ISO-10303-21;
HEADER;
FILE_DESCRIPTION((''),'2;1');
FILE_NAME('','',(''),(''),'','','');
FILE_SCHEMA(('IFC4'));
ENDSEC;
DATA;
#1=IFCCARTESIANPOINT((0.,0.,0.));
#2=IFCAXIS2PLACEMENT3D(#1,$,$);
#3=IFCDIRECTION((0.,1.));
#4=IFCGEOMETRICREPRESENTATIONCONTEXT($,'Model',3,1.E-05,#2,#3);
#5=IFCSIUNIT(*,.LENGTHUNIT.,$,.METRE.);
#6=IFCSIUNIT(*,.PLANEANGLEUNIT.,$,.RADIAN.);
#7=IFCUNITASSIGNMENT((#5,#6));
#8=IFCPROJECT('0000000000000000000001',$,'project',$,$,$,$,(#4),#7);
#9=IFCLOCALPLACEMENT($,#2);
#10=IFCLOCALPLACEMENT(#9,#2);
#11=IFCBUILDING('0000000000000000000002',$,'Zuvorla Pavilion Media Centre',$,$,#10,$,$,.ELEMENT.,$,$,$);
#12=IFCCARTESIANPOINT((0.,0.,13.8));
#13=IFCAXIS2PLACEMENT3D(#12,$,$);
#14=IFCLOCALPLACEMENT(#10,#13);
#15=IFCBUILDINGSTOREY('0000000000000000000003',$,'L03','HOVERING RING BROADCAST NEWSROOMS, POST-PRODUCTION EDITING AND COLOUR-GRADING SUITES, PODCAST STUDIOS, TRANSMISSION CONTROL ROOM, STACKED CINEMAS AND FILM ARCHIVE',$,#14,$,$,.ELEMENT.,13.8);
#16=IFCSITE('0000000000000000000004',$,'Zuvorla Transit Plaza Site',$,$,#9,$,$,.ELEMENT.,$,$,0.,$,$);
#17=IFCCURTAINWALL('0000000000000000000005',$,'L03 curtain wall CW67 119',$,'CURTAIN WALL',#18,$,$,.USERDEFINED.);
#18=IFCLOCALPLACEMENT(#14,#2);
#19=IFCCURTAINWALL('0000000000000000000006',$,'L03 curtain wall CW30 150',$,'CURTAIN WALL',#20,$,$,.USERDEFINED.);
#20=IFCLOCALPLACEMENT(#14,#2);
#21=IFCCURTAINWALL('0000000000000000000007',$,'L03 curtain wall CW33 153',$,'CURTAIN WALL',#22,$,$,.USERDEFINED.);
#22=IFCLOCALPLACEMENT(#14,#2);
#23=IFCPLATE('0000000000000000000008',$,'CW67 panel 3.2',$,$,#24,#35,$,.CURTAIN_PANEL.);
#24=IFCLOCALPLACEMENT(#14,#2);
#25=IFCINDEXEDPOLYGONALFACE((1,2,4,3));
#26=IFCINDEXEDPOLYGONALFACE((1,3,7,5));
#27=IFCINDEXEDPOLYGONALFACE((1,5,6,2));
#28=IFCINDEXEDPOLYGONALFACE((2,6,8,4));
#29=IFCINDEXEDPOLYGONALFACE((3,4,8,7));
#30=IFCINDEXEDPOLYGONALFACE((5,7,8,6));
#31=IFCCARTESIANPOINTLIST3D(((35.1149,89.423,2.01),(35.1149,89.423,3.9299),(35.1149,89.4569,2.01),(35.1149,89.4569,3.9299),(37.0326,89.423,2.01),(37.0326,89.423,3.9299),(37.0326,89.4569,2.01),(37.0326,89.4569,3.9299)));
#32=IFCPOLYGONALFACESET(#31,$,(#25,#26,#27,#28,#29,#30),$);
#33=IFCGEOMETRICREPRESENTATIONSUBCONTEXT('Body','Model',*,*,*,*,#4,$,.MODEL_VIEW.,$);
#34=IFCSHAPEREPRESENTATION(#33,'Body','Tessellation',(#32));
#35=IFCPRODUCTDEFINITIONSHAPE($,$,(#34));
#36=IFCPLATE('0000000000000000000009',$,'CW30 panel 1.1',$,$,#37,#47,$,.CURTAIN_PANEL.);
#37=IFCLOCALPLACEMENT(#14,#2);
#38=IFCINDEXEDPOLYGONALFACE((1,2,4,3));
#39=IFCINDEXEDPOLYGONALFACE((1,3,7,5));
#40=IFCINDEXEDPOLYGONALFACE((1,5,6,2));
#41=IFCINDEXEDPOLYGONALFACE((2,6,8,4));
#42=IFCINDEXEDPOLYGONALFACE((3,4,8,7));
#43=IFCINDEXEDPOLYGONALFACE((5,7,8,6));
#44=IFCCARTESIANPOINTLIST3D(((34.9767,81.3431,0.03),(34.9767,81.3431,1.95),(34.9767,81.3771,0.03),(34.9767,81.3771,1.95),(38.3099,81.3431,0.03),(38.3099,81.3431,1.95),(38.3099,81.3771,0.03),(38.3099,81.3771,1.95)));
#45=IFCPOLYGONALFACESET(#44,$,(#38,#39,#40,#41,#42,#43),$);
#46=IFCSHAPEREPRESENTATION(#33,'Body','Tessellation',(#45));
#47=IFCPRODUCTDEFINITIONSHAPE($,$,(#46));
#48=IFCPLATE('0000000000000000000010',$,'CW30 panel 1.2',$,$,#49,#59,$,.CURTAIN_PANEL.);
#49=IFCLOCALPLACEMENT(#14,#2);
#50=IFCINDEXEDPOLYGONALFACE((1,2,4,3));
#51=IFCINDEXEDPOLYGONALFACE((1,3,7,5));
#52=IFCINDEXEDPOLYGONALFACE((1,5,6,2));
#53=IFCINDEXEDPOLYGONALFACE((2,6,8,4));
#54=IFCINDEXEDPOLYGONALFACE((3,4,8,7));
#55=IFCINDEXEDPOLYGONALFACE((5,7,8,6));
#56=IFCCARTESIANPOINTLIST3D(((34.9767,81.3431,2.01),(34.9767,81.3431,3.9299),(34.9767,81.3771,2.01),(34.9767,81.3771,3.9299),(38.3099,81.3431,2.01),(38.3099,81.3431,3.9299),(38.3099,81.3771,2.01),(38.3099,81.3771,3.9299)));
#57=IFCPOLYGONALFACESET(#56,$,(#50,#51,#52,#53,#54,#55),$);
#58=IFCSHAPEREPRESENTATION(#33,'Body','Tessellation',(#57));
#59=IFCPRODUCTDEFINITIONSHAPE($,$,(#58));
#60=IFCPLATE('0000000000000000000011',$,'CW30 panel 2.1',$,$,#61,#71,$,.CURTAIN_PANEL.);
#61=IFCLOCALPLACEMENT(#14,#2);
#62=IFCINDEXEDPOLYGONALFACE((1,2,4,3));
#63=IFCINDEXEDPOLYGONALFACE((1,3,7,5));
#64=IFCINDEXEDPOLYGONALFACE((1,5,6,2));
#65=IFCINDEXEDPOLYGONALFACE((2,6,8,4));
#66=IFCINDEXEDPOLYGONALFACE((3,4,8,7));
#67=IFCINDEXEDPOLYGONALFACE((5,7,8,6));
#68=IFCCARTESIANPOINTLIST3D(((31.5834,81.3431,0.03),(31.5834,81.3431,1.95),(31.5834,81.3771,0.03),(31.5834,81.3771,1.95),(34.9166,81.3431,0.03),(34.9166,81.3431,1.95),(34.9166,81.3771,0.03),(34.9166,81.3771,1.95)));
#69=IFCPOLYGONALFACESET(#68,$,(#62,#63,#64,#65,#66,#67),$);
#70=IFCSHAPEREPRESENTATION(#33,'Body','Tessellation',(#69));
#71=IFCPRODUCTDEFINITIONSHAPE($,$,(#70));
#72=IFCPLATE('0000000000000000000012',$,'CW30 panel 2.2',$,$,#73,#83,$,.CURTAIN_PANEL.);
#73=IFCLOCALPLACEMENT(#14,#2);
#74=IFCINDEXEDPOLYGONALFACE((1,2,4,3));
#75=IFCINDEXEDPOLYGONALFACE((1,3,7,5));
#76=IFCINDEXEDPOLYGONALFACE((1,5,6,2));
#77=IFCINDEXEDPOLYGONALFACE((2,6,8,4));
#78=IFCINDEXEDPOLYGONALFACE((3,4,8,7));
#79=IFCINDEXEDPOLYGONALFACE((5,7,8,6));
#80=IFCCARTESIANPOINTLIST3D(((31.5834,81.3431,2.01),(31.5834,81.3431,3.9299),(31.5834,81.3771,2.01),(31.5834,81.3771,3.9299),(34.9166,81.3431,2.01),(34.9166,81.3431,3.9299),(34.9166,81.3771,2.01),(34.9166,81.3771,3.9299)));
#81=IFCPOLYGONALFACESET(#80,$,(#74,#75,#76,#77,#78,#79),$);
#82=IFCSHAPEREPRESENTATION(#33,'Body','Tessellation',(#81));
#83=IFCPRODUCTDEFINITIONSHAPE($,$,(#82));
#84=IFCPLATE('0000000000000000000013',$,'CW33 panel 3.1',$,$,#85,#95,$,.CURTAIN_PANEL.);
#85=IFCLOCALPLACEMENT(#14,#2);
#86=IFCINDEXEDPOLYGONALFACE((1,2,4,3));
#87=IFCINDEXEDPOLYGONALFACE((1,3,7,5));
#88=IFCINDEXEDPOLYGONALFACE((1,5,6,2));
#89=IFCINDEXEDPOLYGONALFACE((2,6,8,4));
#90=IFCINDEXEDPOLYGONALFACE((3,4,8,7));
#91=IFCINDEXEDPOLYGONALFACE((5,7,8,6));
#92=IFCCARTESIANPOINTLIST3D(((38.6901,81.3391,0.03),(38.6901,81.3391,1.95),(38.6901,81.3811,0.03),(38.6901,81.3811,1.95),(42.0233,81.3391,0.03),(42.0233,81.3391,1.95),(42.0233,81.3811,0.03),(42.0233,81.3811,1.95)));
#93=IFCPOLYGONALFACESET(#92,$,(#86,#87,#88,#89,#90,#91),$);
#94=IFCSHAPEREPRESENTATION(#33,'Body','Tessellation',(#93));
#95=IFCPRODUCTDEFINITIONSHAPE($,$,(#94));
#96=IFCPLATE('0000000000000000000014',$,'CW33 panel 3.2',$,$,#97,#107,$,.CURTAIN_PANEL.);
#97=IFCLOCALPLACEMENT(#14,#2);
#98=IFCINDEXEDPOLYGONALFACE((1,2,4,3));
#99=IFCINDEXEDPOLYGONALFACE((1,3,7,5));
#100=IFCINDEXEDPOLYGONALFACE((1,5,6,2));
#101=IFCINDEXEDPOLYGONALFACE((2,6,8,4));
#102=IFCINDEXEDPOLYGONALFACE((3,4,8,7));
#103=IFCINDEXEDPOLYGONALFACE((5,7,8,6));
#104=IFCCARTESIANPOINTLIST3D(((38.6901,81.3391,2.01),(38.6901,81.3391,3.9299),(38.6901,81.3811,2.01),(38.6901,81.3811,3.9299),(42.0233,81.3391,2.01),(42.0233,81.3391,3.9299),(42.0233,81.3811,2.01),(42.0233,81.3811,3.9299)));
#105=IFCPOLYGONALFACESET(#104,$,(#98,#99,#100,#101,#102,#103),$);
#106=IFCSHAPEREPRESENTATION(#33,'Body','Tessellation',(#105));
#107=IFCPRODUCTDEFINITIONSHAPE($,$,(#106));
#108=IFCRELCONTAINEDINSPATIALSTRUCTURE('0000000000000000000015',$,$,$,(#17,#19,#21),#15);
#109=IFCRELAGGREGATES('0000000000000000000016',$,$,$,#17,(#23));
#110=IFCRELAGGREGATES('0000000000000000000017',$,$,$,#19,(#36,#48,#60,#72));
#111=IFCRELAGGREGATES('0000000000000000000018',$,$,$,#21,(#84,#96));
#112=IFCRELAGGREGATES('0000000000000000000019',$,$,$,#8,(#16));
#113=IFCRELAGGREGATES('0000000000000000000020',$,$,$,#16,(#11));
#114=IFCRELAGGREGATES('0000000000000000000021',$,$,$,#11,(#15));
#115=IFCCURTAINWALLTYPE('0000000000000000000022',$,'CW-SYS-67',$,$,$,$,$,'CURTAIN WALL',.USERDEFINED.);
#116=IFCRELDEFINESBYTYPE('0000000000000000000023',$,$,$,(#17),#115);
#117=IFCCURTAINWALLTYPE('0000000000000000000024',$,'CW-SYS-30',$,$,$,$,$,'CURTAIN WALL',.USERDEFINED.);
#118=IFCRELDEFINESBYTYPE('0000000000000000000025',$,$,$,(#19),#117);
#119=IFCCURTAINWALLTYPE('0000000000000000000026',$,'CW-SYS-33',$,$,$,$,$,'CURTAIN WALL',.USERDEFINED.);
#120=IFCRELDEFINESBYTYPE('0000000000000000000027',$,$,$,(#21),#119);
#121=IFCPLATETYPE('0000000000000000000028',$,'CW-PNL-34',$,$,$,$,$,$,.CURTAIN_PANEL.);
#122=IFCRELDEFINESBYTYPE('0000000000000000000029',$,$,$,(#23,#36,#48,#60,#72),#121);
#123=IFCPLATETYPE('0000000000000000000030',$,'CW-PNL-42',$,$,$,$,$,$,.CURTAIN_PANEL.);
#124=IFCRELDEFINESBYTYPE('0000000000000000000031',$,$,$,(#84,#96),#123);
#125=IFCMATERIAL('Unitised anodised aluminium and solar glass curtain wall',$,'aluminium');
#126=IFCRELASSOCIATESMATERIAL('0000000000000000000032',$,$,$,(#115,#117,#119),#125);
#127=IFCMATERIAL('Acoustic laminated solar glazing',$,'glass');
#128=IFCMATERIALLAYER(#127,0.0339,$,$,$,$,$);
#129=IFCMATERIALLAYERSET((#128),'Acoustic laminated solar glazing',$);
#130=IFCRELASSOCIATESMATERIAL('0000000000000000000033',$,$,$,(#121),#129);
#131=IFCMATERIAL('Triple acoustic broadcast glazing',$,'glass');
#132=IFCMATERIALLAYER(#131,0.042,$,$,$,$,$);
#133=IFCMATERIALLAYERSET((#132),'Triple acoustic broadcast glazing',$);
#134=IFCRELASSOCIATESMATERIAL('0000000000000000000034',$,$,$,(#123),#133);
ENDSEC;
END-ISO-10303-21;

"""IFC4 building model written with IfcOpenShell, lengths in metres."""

from ifc_helpers import new_model, si_unit, direction, frame, origin, origin_2d, place, context, subcontext, project, spatial, rectangle, extrude, material, layer, layer_set, type_object, element, aggregate, save


model = new_model("IFC4")

# Units and contexts
model_context = context("Model", 3, precision=1e-05, world=origin(), true_north=direction((0.0, 1.0)))
body_context = subcontext(model_context, "Body", "Model", "MODEL_VIEW")
ifc_project = project(units=[si_unit("LENGTHUNIT", "METRE"), si_unit("PLANEANGLEUNIT", "RADIAN")], contexts=[model_context])

# Site, building, storey
site_placement = place(None, origin())
site = spatial("IfcSite", under=ifc_project, at=site_placement, Name="Zuvorla Transit Plaza Site", CompositionType="ELEMENT", RefElevation=0.0)
building_placement = place(site_placement, origin())
building = spatial("IfcBuilding", under=site, at=building_placement, Name="Zuvorla Pavilion Media Centre", CompositionType="ELEMENT")
storey_placement = place(building_placement, frame((0.0, 0.0, 13.8)))
storey = spatial("IfcBuildingStorey", under=building, at=storey_placement, Name="L03", Description="HOVERING RING BROADCAST NEWSROOMS, POST-PRODUCTION EDITING AND COLOUR-GRADING SUITES, PODCAST STUDIOS, TRANSMISSION CONTROL ROOM, STACKED CINEMAS AND FILM ARCHIVE", CompositionType="ELEMENT", Elevation=13.8)

# Curtain walls
ifc_material_1 = material(Name="Unitised anodised aluminium and solar glass curtain wall", Category="aluminium")
curtain_wall_type_1 = type_object("IfcCurtainWallType", Name="CW-SYS-67", ElementType="CURTAIN WALL", PredefinedType="USERDEFINED", material=ifc_material_1)
curtain_wall_1_placement = place(storey_placement, origin())
curtain_wall_1 = element("IfcCurtainWall", 1, at=curtain_wall_1_placement, inside=storey, type_object=curtain_wall_type_1, Name="L03 curtain wall CW67 119", ObjectType="CURTAIN WALL", PredefinedType="USERDEFINED")
curtain_wall_type_2 = type_object("IfcCurtainWallType", Name="CW-SYS-30", ElementType="CURTAIN WALL", PredefinedType="USERDEFINED", material=ifc_material_1)
curtain_wall_2_placement = place(storey_placement, origin())
curtain_wall_2 = element("IfcCurtainWall", 2, at=curtain_wall_2_placement, inside=storey, type_object=curtain_wall_type_2, Name="L03 curtain wall CW30 150", ObjectType="CURTAIN WALL", PredefinedType="USERDEFINED")

# Curtain wall
curtain_wall_type_3 = type_object("IfcCurtainWallType", Name="CW-SYS-33", ElementType="CURTAIN WALL", PredefinedType="USERDEFINED", material=ifc_material_1)
curtain_wall_3_placement = place(storey_placement, origin())
curtain_wall_3 = element("IfcCurtainWall", 3, at=curtain_wall_3_placement, inside=storey, type_object=curtain_wall_type_3, Name="L03 curtain wall CW33 153", ObjectType="CURTAIN WALL", PredefinedType="USERDEFINED")

# Plates
ifc_material_2 = material(Name="Acoustic laminated solar glazing", Category="glass")
ifc_layer_1 = layer(ifc_material_2, 0.0339)
ifc_layer_set_1 = layer_set([ifc_layer_1], Name="Acoustic laminated solar glazing")
plate_type_1 = type_object("IfcPlateType", Name="CW-PNL-34", PredefinedType="CURTAIN_PANEL", material=ifc_layer_set_1)
plate_1_placement = place(storey_placement, frame((36.0737, 89.4399, 2.01), z_axis=(0.0, 0.0, 1.0), x_axis=(-1.0, 0.0, 0.0)))
plate_1 = element("IfcPlate", 4, at=plate_1_placement, type_object=plate_type_1, Name="CW67 panel 3.2", PredefinedType="CURTAIN_PANEL", context=body_context, shape_type="SweptSolid", body=[
    extrude(rectangle(XDim=1.9177, YDim=0.0339, at=origin_2d()), origin(), (0.0, 0.0, 1.0), 1.9199),
])
aggregate(curtain_wall_1, [plate_1])
plate_2_placement = place(storey_placement, frame((36.6433, 81.3601, 0.03), z_axis=(0.0, 0.0, 1.0), x_axis=(-1.0, 0.0, 0.0)))
plate_2 = element("IfcPlate", 5, at=plate_2_placement, type_object=plate_type_1, Name="CW30 panel 1.1", PredefinedType="CURTAIN_PANEL", context=body_context, shape_type="SweptSolid", body=[
    extrude(rectangle(XDim=3.3333, YDim=0.0339, at=origin_2d()), origin(), (0.0, 0.0, 1.0), 1.9199),
])
plate_3_placement = place(storey_placement, frame((36.6433, 81.3601, 2.01), z_axis=(0.0, 0.0, 1.0), x_axis=(-1.0, 0.0, 0.0)))
plate_3 = element("IfcPlate", 6, at=plate_3_placement, type_object=plate_type_1, Name="CW30 panel 1.2", PredefinedType="CURTAIN_PANEL", context=body_context, shape_type="SweptSolid", body=[
    extrude(rectangle(XDim=3.3333, YDim=0.0339, at=origin_2d()), origin(), (0.0, 0.0, 1.0), 1.9199),
])
plate_4_placement = place(storey_placement, frame((33.25, 81.3601, 0.03), z_axis=(0.0, 0.0, 1.0), x_axis=(-1.0, 0.0, 0.0)))
plate_4 = element("IfcPlate", 7, at=plate_4_placement, type_object=plate_type_1, Name="CW30 panel 2.1", PredefinedType="CURTAIN_PANEL", context=body_context, shape_type="SweptSolid", body=[
    extrude(rectangle(XDim=3.3333, YDim=0.0339, at=origin_2d()), origin(), (0.0, 0.0, 1.0), 1.9199),
])
plate_5_placement = place(storey_placement, frame((33.25, 81.3601, 2.01), z_axis=(0.0, 0.0, 1.0), x_axis=(-1.0, 0.0, 0.0)))
plate_5 = element("IfcPlate", 8, at=plate_5_placement, type_object=plate_type_1, Name="CW30 panel 2.2", PredefinedType="CURTAIN_PANEL", context=body_context, shape_type="SweptSolid", body=[
    extrude(rectangle(XDim=3.3333, YDim=0.0339, at=origin_2d()), origin(), (0.0, 0.0, 1.0), 1.9199),
])
aggregate(curtain_wall_2, [plate_2, plate_3, plate_4, plate_5])
ifc_material_3 = material(Name="Triple acoustic broadcast glazing", Category="glass")
ifc_layer_2 = layer(ifc_material_3, 0.042)
ifc_layer_set_2 = layer_set([ifc_layer_2], Name="Triple acoustic broadcast glazing")
plate_type_2 = type_object("IfcPlateType", Name="CW-PNL-42", PredefinedType="CURTAIN_PANEL", material=ifc_layer_set_2)
plate_6_placement = place(storey_placement, frame((40.3567, 81.3601, 0.03), z_axis=(0.0, 0.0, 1.0), x_axis=(-1.0, 0.0, 0.0)))
plate_6 = element("IfcPlate", 9, at=plate_6_placement, type_object=plate_type_2, Name="CW33 panel 3.1", PredefinedType="CURTAIN_PANEL", context=body_context, shape_type="SweptSolid", body=[
    extrude(rectangle(XDim=3.3333, YDim=0.042, at=origin_2d()), origin(), (0.0, 0.0, 1.0), 1.9199),
])
plate_7_placement = place(storey_placement, frame((40.3567, 81.3601, 2.01), z_axis=(0.0, 0.0, 1.0), x_axis=(-1.0, 0.0, 0.0)))
plate_7 = element("IfcPlate", 10, at=plate_7_placement, type_object=plate_type_2, Name="CW33 panel 3.2", PredefinedType="CURTAIN_PANEL", context=body_context, shape_type="SweptSolid", body=[
    extrude(rectangle(XDim=3.3333, YDim=0.042, at=origin_2d()), origin(), (0.0, 0.0, 1.0), 1.9199),
])
aggregate(curtain_wall_3, [plate_6, plate_7])

save(model, "model.ifc")
